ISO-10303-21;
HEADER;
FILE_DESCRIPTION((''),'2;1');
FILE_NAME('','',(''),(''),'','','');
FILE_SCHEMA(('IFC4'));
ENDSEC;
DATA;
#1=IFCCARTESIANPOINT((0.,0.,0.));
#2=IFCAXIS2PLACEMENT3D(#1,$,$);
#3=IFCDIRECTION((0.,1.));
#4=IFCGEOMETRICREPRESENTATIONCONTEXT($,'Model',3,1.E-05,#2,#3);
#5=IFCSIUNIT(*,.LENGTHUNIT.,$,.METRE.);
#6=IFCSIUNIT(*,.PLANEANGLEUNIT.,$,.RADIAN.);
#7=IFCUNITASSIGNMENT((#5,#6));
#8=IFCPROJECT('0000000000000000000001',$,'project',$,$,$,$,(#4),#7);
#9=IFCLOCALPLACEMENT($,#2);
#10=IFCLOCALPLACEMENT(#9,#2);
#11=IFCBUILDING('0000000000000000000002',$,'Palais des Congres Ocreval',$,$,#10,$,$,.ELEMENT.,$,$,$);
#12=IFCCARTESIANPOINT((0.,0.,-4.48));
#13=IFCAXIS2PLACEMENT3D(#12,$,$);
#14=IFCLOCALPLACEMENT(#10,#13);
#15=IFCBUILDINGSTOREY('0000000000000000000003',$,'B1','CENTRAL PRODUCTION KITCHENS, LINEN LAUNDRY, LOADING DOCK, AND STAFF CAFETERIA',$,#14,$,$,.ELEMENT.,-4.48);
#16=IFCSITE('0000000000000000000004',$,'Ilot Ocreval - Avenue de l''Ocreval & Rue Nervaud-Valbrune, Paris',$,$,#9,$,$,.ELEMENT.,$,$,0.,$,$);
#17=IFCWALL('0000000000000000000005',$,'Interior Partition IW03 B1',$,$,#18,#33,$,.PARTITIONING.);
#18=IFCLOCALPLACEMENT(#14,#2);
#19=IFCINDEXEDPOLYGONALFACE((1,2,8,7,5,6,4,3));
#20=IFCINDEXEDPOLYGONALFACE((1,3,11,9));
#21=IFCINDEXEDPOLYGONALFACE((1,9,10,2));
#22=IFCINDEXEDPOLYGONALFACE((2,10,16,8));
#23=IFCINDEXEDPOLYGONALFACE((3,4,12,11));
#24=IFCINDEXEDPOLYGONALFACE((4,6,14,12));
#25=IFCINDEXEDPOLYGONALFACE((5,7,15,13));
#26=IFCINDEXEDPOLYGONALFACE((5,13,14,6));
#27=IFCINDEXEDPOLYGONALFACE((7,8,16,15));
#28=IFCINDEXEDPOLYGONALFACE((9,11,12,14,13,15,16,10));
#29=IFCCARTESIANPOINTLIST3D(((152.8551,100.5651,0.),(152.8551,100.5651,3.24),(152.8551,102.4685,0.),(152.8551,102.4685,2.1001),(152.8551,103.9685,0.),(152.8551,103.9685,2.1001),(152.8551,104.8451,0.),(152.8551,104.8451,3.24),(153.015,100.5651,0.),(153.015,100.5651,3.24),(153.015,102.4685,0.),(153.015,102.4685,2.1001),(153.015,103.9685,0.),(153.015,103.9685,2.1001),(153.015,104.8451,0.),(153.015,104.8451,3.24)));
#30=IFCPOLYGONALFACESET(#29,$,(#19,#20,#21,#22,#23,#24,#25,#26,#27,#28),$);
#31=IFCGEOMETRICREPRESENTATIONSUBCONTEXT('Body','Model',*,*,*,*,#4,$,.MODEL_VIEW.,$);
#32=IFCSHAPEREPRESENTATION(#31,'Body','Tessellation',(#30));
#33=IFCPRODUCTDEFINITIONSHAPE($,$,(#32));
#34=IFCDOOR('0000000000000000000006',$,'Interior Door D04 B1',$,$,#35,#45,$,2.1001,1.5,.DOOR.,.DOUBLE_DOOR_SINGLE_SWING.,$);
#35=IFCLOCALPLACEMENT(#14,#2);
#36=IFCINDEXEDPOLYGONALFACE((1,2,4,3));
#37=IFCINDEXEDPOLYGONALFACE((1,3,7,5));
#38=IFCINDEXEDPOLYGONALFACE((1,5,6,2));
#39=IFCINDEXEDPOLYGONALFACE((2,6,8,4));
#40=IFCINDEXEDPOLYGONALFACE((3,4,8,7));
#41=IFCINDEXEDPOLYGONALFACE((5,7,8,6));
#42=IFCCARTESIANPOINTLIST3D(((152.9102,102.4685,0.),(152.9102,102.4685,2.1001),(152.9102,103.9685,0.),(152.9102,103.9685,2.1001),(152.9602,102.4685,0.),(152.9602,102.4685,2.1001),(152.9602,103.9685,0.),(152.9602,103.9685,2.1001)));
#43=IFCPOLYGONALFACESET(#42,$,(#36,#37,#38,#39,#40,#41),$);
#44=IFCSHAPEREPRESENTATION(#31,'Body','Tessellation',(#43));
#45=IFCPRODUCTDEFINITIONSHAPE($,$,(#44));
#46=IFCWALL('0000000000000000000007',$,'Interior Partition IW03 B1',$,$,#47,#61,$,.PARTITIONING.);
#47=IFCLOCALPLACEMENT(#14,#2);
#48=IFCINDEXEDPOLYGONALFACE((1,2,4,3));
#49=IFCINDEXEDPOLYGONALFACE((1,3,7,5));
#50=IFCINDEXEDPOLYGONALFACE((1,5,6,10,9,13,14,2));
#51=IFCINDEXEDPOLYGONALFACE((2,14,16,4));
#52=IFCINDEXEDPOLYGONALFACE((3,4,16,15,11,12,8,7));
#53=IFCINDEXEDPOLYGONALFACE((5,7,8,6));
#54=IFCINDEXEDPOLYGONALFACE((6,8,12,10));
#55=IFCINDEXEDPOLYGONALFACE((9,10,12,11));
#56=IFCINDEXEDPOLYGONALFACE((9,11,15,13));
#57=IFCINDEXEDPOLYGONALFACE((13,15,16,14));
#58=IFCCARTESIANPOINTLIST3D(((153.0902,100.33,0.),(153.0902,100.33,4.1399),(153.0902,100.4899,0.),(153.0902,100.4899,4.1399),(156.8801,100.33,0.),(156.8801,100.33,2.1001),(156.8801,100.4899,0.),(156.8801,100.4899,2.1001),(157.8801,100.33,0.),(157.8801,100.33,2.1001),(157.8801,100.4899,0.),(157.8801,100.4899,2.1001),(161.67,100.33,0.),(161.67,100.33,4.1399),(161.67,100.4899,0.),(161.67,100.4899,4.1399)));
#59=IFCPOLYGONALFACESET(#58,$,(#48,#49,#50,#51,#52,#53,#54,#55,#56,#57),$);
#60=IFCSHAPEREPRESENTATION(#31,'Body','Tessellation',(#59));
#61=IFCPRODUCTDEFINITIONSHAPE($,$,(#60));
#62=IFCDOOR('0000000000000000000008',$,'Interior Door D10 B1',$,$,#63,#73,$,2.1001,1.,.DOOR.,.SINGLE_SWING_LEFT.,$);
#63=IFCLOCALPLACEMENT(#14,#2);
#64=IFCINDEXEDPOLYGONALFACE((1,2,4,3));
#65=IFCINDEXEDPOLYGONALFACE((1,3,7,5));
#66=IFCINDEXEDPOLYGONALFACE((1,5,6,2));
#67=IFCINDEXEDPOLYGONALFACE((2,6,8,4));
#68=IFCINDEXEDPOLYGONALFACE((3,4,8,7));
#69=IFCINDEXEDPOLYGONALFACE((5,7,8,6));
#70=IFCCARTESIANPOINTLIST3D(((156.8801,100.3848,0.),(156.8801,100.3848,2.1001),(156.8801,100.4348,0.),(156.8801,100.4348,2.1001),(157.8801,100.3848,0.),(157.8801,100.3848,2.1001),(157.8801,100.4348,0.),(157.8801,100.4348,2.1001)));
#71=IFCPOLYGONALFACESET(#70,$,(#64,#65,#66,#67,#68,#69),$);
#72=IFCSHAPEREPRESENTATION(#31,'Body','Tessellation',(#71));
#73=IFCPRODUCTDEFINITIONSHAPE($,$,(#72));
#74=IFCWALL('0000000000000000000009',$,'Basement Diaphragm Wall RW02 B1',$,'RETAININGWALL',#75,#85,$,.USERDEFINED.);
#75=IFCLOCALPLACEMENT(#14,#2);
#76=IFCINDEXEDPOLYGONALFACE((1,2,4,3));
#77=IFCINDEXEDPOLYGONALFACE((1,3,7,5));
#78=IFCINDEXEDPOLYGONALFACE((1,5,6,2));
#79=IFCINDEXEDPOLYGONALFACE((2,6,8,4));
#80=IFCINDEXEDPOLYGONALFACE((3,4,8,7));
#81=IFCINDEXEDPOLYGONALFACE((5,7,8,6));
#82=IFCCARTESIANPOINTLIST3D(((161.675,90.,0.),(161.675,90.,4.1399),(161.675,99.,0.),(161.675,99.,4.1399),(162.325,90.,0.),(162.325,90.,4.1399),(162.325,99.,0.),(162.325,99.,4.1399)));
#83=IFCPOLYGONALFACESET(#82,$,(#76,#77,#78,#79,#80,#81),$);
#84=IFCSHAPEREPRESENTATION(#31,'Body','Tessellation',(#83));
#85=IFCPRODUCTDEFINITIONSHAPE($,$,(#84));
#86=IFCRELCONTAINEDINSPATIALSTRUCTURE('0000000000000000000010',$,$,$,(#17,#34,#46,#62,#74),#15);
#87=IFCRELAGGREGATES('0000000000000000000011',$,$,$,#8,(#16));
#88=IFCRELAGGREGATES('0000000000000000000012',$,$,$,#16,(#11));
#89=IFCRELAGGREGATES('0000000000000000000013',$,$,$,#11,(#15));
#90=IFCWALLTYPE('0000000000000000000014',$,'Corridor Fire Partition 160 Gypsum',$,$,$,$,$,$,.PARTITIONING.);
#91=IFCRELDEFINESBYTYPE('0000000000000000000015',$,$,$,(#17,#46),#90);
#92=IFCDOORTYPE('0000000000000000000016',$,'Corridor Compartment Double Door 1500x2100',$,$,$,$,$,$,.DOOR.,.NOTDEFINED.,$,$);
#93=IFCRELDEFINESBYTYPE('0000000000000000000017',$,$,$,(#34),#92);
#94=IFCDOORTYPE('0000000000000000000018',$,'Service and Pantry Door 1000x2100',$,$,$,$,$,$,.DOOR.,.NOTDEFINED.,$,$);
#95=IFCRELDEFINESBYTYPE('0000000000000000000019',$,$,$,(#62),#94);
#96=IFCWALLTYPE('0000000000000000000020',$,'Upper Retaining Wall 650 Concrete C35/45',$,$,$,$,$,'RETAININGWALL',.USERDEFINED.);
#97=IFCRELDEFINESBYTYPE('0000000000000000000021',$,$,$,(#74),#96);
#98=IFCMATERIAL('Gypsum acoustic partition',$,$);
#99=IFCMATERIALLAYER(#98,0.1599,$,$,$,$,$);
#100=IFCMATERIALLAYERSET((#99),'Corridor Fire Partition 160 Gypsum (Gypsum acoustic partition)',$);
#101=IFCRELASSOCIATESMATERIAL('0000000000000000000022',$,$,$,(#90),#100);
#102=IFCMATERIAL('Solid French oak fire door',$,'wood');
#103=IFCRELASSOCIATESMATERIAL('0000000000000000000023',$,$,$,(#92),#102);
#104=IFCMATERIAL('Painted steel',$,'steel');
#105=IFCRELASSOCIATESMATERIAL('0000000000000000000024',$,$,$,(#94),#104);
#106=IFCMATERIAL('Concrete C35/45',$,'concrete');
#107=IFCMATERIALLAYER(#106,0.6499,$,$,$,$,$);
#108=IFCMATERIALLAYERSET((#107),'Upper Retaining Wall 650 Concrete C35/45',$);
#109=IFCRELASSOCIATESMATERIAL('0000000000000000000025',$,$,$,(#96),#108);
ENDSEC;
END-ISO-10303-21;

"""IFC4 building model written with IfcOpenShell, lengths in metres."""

from ifc_helpers import new_model, si_unit, direction, frame, frame_2d, origin, place, context, subcontext, project, spatial, rectangle, extrude, material, layer, layer_set, type_object, element, fill, save


model = new_model("IFC4")

# Units and contexts
model_context = context("Model", 3, precision=1e-05, world=origin(), true_north=direction((0.0, 1.0)))
body_context = subcontext(model_context, "Body", "Model", "MODEL_VIEW")
ifc_project = project(units=[si_unit("LENGTHUNIT", "METRE"), si_unit("PLANEANGLEUNIT", "RADIAN")], contexts=[model_context])

# Site, building, storey
site_placement = place(None, origin())
site = spatial("IfcSite", under=ifc_project, at=site_placement, Name="Ilot Ocreval - Avenue de l'Ocreval & Rue Nervaud-Valbrune, Paris", CompositionType="ELEMENT", RefElevation=0.0)
building_placement = place(site_placement, origin())
building = spatial("IfcBuilding", under=site, at=building_placement, Name="Palais des Congres Ocreval", CompositionType="ELEMENT")
storey_placement = place(building_placement, frame((0.0, 0.0, -4.48)))
storey = spatial("IfcBuildingStorey", under=building, at=storey_placement, Name="B1", Description="CENTRAL PRODUCTION KITCHENS, LINEN LAUNDRY, LOADING DOCK, AND STAFF CAFETERIA", CompositionType="ELEMENT", Elevation=-4.48)

# Shared definitions
ifc_material_1 = material(Name="Concrete C35/45", Category="concrete")

# Walls, openings, doors
ifc_material_2 = material(Name="Gypsum acoustic partition")
ifc_layer_1 = layer(ifc_material_2, 0.1599)
ifc_layer_set_1 = layer_set([ifc_layer_1], Name="Corridor Fire Partition 160 Gypsum (Gypsum acoustic partition)")
wall_type_1 = type_object("IfcWallType", Name="Corridor Fire Partition 160 Gypsum", PredefinedType="PARTITIONING", material=ifc_layer_set_1)
wall_1_placement = place(storey_placement, frame((152.9351, 100.5649, 0.0), z_axis=(0.0, 0.0, 1.0), x_axis=(0.0, 1.0, 0.0)))
wall_1 = element("IfcWall", 1, at=wall_1_placement, inside=storey, type_object=wall_type_1, Name="Interior Partition IW03 B1", PredefinedType="PARTITIONING", context=body_context, shape_type="SweptSolid", body=[
    extrude(rectangle(XDim=4.28, YDim=0.1599, at=frame_2d((2.1401, 0.0))), origin(), (0.0, 0.0, 1.0), 3.24),
])
opening_1_placement = place(wall_1_placement, frame((1.9036, 0.0, 0.0)))
opening_1 = element("IfcOpeningElement", 2, at=opening_1_placement, cuts=wall_1, PredefinedType="OPENING", context=body_context, shape_type="SweptSolid", body=[
    extrude(rectangle(XDim=1.5, YDim=2.1001, at=frame_2d((0.75, 1.05))), frame((0.0, 0.0898, 0.0), z_axis=(0.0, -1.0, 0.0), x_axis=(1.0, 0.0, 0.0)), (0.0, 0.0, 1.0), 0.1799),
])
ifc_material_3 = material(Name="Solid French oak fire door", Category="wood")
door_type_1 = type_object("IfcDoorType", Name="Corridor Compartment Double Door 1500x2100", OperationType="NOTDEFINED", PredefinedType="DOOR", material=ifc_material_3)
door_1_placement = place(opening_1_placement, origin())
door_1 = element("IfcDoor", 3, at=door_1_placement, inside=storey, type_object=door_type_1, Name="Interior Door D04 B1", OperationType="DOUBLE_DOOR_SINGLE_SWING", OverallHeight=2.1001, OverallWidth=1.5, PredefinedType="DOOR", context=body_context, shape_type="SweptSolid", body=[
    extrude(rectangle(XDim=1.5, YDim=2.1001, at=frame_2d((0.75, 1.05))), frame((0.0, 0.0249, 0.0), z_axis=(0.0, -1.0, 0.0), x_axis=(1.0, 0.0, 0.0)), (0.0, 0.0, 1.0), 0.05),
])
fill(opening_1, door_1)
wall_2_placement = place(storey_placement, frame((153.0901, 100.4099, 0.0), z_axis=(0.0, 0.0, 1.0), x_axis=(1.0, 0.0, 0.0)))
wall_2 = element("IfcWall", 4, at=wall_2_placement, inside=storey, type_object=wall_type_1, Name="Interior Partition IW03 B1", PredefinedType="PARTITIONING", context=body_context, shape_type="SweptSolid", body=[
    extrude(rectangle(XDim=8.5798, YDim=0.1599, at=frame_2d((4.29, 0.0))), origin(), (0.0, 0.0, 1.0), 4.1399),
])
opening_2_placement = place(wall_2_placement, frame((3.79, 0.0, 0.0)))
opening_2 = element("IfcOpeningElement", 5, at=opening_2_placement, cuts=wall_2, PredefinedType="OPENING", context=body_context, shape_type="SweptSolid", body=[
    extrude(rectangle(XDim=1.0, YDim=2.1001, at=frame_2d((0.5, 1.05))), frame((0.0, 0.0898, 0.0), z_axis=(0.0, -1.0, 0.0), x_axis=(1.0, 0.0, 0.0)), (0.0, 0.0, 1.0), 0.1799),
])
ifc_material_4 = material(Name="Painted steel", Category="steel")
door_type_2 = type_object("IfcDoorType", Name="Service and Pantry Door 1000x2100", OperationType="NOTDEFINED", PredefinedType="DOOR", material=ifc_material_4)
door_2_placement = place(opening_2_placement, origin())
door_2 = element("IfcDoor", 6, at=door_2_placement, inside=storey, type_object=door_type_2, Name="Interior Door D10 B1", OperationType="SINGLE_SWING_LEFT", OverallHeight=2.1001, OverallWidth=1.0, PredefinedType="DOOR", context=body_context, shape_type="SweptSolid", body=[
    extrude(rectangle(XDim=1.0, YDim=2.1001, at=frame_2d((0.5, 1.05))), frame((0.0, 0.0249, 0.0), z_axis=(0.0, -1.0, 0.0), x_axis=(1.0, 0.0, 0.0)), (0.0, 0.0, 1.0), 0.05),
])
fill(opening_2, door_2)

# Wall
ifc_layer_2 = layer(ifc_material_1, 0.6499)
ifc_layer_set_2 = layer_set([ifc_layer_2], Name="Upper Retaining Wall 650 Concrete C35/45")
wall_type_2 = type_object("IfcWallType", Name="Upper Retaining Wall 650 Concrete C35/45", ElementType="RETAININGWALL", PredefinedType="USERDEFINED", material=ifc_layer_set_2)
wall_3_placement = place(storey_placement, frame((162.0, 99.0, 0.0), z_axis=(0.0, 0.0, 1.0), x_axis=(0.0, -1.0, 0.0)))
element("IfcWall", 7, at=wall_3_placement, inside=storey, type_object=wall_type_2, Name="Basement Diaphragm Wall RW02 B1", ObjectType="RETAININGWALL", PredefinedType="USERDEFINED", context=body_context, shape_type="SweptSolid", body=[
    extrude(rectangle(XDim=9.0, YDim=0.6499, at=frame_2d((4.5, 0.0))), origin(), (0.0, 0.0, 1.0), 4.1399),
])

save(model, "model.ifc")
